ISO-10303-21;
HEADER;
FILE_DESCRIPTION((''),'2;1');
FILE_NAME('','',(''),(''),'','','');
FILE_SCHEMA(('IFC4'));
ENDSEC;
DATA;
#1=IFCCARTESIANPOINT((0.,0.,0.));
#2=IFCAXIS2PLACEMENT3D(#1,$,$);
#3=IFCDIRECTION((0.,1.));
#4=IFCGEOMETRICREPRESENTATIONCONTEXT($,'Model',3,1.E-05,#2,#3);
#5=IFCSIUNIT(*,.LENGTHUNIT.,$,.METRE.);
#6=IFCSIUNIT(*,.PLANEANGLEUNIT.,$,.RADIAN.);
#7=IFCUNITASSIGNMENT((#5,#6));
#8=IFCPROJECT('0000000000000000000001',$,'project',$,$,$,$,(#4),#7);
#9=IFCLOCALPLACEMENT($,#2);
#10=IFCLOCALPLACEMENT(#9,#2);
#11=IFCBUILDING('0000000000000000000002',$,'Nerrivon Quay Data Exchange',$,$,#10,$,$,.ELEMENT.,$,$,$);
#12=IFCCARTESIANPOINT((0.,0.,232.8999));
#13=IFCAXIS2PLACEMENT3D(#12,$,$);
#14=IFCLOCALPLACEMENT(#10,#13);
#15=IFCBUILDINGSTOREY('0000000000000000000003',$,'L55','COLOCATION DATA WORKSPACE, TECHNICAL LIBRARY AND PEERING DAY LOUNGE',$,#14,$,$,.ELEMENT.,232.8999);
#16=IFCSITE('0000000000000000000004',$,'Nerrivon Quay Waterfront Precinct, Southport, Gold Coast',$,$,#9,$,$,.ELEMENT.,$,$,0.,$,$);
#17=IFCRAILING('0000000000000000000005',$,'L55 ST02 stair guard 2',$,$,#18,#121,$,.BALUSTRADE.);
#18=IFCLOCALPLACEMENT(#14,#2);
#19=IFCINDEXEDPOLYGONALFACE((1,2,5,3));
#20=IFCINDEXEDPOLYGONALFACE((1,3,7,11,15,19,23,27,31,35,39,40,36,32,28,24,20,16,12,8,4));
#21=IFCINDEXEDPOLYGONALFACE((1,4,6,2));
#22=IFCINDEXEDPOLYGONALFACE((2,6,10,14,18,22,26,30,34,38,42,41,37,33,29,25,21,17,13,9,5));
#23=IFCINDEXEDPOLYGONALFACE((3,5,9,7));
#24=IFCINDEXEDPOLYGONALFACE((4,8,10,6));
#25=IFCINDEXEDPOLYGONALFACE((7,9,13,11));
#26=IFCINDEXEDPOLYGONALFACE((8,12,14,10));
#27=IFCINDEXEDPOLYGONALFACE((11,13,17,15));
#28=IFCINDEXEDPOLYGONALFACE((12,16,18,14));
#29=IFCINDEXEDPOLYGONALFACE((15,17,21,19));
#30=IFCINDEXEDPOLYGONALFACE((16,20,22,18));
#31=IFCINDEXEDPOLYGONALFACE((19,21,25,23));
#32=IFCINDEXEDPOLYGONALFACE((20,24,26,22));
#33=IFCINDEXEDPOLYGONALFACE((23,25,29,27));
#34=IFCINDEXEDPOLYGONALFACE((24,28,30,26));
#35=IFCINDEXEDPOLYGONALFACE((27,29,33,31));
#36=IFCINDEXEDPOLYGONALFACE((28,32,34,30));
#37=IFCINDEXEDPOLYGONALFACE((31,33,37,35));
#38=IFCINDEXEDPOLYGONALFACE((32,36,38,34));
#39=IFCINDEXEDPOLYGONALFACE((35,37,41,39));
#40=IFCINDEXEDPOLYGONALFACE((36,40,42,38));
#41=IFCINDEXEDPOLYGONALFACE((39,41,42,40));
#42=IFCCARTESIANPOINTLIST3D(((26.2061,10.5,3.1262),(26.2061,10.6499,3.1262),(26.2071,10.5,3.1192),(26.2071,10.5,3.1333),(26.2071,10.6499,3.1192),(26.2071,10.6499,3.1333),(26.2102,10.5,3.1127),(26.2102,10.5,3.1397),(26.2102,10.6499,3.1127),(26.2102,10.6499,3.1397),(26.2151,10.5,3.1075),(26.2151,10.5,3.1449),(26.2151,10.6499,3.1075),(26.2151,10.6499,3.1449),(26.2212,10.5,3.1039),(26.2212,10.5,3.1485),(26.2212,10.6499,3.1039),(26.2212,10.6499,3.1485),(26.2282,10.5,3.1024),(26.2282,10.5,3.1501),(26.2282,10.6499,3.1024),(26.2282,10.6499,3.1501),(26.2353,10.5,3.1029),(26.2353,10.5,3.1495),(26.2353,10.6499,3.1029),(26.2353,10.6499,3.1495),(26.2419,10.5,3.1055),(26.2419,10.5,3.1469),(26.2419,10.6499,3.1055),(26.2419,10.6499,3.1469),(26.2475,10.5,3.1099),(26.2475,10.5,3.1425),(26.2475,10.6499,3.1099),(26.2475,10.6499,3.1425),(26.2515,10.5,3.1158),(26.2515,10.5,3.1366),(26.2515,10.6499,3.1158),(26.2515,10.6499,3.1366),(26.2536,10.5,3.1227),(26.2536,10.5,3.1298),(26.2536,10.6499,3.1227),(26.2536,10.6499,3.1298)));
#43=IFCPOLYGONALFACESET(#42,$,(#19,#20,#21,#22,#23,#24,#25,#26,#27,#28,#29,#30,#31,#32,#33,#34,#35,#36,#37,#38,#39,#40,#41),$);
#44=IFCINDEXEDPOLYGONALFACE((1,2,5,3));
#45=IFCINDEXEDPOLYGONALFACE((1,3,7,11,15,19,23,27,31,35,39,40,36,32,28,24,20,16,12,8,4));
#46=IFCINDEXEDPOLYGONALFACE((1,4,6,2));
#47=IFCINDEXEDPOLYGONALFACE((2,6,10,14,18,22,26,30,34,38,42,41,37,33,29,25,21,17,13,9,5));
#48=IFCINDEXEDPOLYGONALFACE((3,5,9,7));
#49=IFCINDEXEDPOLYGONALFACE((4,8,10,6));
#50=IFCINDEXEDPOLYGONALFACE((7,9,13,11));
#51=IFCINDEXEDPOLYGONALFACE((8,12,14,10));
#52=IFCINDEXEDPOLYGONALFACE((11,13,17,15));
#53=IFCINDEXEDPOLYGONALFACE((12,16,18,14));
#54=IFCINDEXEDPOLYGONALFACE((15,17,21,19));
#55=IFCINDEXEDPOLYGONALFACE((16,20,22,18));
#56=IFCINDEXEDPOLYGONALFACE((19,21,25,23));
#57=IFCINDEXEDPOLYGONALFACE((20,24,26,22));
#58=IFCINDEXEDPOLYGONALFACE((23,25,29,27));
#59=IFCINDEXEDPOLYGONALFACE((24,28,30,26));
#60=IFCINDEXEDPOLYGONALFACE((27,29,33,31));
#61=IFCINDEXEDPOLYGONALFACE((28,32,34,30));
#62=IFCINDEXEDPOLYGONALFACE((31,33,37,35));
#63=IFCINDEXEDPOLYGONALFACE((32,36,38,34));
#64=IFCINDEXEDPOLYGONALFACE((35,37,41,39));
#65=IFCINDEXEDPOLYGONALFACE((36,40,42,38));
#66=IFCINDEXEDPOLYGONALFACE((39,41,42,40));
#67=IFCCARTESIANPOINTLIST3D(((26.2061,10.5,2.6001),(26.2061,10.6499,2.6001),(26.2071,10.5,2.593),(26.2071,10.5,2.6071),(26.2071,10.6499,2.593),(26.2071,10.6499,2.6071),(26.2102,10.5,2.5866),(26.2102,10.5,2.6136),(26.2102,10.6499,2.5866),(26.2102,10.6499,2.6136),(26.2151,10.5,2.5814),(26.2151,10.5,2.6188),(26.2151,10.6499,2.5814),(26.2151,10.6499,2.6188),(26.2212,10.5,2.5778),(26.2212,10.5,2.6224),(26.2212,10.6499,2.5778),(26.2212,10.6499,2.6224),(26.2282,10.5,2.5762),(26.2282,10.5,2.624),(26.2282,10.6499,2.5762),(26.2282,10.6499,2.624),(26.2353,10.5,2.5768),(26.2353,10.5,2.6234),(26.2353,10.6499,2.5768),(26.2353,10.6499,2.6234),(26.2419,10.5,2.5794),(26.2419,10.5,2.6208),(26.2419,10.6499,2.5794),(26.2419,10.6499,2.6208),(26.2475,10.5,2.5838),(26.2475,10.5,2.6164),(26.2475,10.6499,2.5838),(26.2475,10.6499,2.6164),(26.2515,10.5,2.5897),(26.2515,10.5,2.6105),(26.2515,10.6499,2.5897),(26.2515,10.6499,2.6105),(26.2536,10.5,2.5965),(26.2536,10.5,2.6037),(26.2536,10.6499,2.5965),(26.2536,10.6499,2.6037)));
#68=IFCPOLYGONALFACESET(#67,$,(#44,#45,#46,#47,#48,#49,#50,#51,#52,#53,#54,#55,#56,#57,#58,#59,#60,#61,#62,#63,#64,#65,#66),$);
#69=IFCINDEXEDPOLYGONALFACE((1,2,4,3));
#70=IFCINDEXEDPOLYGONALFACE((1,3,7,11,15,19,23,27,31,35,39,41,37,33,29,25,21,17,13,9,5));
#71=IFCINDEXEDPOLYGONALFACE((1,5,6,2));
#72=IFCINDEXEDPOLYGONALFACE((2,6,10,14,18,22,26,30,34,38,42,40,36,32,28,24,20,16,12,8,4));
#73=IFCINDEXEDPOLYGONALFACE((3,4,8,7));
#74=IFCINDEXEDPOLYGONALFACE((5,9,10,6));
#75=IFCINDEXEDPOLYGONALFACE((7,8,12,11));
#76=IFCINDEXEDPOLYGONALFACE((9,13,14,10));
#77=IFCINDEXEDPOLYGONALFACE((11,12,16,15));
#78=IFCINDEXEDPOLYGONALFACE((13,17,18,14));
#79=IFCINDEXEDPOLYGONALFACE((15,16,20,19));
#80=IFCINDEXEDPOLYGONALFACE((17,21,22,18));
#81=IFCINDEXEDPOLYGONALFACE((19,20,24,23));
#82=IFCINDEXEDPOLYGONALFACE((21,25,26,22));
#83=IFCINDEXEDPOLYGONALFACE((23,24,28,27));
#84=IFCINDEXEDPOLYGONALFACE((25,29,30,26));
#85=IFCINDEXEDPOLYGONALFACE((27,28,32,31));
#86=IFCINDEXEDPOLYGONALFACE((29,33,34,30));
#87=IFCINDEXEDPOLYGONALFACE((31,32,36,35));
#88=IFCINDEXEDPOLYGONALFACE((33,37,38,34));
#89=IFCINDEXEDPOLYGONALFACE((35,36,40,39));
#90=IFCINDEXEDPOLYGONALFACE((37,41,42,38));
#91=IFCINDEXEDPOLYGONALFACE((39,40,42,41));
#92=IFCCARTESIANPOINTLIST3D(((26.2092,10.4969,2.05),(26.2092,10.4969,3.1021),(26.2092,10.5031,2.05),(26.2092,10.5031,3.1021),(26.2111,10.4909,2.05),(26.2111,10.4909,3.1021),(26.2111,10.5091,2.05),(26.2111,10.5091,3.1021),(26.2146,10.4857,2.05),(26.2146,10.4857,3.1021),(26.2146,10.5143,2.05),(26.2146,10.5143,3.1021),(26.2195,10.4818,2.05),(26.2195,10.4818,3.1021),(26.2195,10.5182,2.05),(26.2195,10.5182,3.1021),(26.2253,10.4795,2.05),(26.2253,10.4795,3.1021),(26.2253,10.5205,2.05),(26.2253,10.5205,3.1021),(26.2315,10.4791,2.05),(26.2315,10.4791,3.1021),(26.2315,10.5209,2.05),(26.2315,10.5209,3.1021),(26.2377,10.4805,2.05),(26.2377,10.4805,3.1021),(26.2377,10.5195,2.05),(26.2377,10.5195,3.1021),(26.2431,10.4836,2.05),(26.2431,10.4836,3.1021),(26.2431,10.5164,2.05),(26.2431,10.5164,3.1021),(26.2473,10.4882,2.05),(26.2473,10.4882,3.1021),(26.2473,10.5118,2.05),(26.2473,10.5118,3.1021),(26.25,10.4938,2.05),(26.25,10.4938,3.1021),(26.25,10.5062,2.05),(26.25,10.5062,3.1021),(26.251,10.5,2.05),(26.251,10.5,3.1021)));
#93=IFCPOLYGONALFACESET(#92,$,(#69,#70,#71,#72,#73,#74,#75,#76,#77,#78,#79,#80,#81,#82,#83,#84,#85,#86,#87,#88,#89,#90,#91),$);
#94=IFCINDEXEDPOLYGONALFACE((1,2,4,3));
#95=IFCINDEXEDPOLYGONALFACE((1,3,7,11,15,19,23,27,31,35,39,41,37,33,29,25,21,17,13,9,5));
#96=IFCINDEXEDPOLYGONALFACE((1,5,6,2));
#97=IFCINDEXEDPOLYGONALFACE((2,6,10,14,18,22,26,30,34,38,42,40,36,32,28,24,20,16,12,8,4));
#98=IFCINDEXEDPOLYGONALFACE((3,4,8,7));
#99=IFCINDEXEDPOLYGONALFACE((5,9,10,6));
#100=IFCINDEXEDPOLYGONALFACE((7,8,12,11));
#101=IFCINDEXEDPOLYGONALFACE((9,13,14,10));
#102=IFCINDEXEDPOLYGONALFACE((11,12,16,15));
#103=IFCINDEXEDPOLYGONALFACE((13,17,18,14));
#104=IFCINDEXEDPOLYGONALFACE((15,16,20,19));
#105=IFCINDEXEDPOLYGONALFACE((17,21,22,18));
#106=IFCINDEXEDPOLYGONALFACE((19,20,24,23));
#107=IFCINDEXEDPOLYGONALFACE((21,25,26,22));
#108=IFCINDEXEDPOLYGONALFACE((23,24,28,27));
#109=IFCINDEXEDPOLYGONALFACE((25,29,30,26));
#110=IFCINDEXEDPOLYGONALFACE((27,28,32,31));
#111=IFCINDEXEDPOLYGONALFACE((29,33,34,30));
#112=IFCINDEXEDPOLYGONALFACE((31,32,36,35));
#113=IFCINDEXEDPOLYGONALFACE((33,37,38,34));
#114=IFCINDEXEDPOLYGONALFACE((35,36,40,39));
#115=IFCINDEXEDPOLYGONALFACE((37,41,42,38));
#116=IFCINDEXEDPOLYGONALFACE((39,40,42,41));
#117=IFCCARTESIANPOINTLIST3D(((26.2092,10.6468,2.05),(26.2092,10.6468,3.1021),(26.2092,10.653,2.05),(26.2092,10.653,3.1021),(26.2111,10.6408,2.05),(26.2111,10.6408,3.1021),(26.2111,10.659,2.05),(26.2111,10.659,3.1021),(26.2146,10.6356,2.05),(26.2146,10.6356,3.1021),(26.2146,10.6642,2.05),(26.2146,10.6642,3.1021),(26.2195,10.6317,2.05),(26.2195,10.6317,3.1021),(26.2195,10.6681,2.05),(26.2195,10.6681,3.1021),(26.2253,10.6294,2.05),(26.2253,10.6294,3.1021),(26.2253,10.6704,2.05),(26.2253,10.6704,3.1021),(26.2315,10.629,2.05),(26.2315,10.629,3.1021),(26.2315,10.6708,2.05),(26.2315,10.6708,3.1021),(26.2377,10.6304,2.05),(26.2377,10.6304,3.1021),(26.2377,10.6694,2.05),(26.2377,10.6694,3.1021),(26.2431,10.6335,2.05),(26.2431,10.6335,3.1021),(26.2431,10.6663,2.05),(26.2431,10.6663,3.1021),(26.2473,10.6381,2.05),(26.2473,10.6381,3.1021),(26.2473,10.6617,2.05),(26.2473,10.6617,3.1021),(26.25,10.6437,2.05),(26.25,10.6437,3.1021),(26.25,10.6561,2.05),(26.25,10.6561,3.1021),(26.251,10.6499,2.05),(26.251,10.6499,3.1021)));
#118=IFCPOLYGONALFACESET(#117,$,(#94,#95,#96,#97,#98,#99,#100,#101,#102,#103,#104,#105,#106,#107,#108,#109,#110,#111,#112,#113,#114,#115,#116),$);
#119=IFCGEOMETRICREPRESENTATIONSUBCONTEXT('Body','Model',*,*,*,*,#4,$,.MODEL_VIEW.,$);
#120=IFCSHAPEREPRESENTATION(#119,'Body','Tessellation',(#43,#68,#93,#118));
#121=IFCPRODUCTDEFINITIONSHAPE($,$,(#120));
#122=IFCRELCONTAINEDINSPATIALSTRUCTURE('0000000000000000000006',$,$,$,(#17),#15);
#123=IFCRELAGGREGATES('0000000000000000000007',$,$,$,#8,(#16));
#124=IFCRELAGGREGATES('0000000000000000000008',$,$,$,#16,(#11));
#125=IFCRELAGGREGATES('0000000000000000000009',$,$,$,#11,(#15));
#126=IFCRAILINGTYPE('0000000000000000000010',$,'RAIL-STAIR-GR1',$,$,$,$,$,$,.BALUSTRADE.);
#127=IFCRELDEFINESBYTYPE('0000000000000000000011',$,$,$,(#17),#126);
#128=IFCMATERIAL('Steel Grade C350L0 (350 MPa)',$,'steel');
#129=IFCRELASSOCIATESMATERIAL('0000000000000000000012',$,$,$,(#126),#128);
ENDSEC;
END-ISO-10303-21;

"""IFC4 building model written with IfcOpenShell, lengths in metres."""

from ifc_helpers import new_model, si_unit, direction, frame, origin, origin_2d, place, context, subcontext, project, spatial, circle, extrude, material, type_object, element, save


model = new_model("IFC4")

# Units and contexts
model_context = context("Model", 3, precision=1e-05, world=origin(), true_north=direction((0.0, 1.0)))
body_context = subcontext(model_context, "Body", "Model", "MODEL_VIEW")
ifc_project = project(units=[si_unit("LENGTHUNIT", "METRE"), si_unit("PLANEANGLEUNIT", "RADIAN")], contexts=[model_context])

# Site, building, storey
site_placement = place(None, origin())
site = spatial("IfcSite", under=ifc_project, at=site_placement, Name="Nerrivon Quay Waterfront Precinct, Southport, Gold Coast", CompositionType="ELEMENT", RefElevation=0.0)
building_placement = place(site_placement, origin())
building = spatial("IfcBuilding", under=site, at=building_placement, Name="Nerrivon Quay Data Exchange", CompositionType="ELEMENT")
storey_placement = place(building_placement, frame((0.0, 0.0, 232.8999)))
storey = spatial("IfcBuildingStorey", under=building, at=storey_placement, Name="L55", Description="COLOCATION DATA WORKSPACE, TECHNICAL LIBRARY AND PEERING DAY LOUNGE", CompositionType="ELEMENT", Elevation=232.8999)

# Railing
ifc_material_1 = material(Name="Steel Grade C350L0 (350 MPa)", Category="steel")
railing_type_1 = type_object("IfcRailingType", Name="RAIL-STAIR-GR1", PredefinedType="BALUSTRADE", material=ifc_material_1)
railing_1_placement = place(storey_placement, frame((26.23, 10.5, 2.05)))
element("IfcRailing", 1, at=railing_1_placement, inside=storey, type_object=railing_type_1, Name="L55 ST02 stair guard 2", PredefinedType="BALUSTRADE", context=body_context, shape_type="SweptSolid", body=[
    extrude(circle(Radius=0.0239, at=origin_2d()), frame((0.0, 0.0, 1.0762), z_axis=(0.0, 1.0, 0.0), x_axis=(-1.0, 0.0, 0.0)), (0.0, 0.0, 1.0), 0.1499),
    extrude(circle(Radius=0.0239, at=origin_2d()), frame((0.0, 0.0, 0.55), z_axis=(0.0, 1.0, 0.0), x_axis=(-1.0, 0.0, 0.0)), (0.0, 0.0, 1.0), 0.1499),
    extrude(circle(Radius=0.021, at=origin_2d()), origin(), (0.0, 0.0, 1.0), 1.052),
    extrude(circle(Radius=0.021, at=origin_2d()), frame((0.0, 0.1499, 0.0)), (0.0, 0.0, 1.0), 1.052),
])

save(model, "model.ifc")
